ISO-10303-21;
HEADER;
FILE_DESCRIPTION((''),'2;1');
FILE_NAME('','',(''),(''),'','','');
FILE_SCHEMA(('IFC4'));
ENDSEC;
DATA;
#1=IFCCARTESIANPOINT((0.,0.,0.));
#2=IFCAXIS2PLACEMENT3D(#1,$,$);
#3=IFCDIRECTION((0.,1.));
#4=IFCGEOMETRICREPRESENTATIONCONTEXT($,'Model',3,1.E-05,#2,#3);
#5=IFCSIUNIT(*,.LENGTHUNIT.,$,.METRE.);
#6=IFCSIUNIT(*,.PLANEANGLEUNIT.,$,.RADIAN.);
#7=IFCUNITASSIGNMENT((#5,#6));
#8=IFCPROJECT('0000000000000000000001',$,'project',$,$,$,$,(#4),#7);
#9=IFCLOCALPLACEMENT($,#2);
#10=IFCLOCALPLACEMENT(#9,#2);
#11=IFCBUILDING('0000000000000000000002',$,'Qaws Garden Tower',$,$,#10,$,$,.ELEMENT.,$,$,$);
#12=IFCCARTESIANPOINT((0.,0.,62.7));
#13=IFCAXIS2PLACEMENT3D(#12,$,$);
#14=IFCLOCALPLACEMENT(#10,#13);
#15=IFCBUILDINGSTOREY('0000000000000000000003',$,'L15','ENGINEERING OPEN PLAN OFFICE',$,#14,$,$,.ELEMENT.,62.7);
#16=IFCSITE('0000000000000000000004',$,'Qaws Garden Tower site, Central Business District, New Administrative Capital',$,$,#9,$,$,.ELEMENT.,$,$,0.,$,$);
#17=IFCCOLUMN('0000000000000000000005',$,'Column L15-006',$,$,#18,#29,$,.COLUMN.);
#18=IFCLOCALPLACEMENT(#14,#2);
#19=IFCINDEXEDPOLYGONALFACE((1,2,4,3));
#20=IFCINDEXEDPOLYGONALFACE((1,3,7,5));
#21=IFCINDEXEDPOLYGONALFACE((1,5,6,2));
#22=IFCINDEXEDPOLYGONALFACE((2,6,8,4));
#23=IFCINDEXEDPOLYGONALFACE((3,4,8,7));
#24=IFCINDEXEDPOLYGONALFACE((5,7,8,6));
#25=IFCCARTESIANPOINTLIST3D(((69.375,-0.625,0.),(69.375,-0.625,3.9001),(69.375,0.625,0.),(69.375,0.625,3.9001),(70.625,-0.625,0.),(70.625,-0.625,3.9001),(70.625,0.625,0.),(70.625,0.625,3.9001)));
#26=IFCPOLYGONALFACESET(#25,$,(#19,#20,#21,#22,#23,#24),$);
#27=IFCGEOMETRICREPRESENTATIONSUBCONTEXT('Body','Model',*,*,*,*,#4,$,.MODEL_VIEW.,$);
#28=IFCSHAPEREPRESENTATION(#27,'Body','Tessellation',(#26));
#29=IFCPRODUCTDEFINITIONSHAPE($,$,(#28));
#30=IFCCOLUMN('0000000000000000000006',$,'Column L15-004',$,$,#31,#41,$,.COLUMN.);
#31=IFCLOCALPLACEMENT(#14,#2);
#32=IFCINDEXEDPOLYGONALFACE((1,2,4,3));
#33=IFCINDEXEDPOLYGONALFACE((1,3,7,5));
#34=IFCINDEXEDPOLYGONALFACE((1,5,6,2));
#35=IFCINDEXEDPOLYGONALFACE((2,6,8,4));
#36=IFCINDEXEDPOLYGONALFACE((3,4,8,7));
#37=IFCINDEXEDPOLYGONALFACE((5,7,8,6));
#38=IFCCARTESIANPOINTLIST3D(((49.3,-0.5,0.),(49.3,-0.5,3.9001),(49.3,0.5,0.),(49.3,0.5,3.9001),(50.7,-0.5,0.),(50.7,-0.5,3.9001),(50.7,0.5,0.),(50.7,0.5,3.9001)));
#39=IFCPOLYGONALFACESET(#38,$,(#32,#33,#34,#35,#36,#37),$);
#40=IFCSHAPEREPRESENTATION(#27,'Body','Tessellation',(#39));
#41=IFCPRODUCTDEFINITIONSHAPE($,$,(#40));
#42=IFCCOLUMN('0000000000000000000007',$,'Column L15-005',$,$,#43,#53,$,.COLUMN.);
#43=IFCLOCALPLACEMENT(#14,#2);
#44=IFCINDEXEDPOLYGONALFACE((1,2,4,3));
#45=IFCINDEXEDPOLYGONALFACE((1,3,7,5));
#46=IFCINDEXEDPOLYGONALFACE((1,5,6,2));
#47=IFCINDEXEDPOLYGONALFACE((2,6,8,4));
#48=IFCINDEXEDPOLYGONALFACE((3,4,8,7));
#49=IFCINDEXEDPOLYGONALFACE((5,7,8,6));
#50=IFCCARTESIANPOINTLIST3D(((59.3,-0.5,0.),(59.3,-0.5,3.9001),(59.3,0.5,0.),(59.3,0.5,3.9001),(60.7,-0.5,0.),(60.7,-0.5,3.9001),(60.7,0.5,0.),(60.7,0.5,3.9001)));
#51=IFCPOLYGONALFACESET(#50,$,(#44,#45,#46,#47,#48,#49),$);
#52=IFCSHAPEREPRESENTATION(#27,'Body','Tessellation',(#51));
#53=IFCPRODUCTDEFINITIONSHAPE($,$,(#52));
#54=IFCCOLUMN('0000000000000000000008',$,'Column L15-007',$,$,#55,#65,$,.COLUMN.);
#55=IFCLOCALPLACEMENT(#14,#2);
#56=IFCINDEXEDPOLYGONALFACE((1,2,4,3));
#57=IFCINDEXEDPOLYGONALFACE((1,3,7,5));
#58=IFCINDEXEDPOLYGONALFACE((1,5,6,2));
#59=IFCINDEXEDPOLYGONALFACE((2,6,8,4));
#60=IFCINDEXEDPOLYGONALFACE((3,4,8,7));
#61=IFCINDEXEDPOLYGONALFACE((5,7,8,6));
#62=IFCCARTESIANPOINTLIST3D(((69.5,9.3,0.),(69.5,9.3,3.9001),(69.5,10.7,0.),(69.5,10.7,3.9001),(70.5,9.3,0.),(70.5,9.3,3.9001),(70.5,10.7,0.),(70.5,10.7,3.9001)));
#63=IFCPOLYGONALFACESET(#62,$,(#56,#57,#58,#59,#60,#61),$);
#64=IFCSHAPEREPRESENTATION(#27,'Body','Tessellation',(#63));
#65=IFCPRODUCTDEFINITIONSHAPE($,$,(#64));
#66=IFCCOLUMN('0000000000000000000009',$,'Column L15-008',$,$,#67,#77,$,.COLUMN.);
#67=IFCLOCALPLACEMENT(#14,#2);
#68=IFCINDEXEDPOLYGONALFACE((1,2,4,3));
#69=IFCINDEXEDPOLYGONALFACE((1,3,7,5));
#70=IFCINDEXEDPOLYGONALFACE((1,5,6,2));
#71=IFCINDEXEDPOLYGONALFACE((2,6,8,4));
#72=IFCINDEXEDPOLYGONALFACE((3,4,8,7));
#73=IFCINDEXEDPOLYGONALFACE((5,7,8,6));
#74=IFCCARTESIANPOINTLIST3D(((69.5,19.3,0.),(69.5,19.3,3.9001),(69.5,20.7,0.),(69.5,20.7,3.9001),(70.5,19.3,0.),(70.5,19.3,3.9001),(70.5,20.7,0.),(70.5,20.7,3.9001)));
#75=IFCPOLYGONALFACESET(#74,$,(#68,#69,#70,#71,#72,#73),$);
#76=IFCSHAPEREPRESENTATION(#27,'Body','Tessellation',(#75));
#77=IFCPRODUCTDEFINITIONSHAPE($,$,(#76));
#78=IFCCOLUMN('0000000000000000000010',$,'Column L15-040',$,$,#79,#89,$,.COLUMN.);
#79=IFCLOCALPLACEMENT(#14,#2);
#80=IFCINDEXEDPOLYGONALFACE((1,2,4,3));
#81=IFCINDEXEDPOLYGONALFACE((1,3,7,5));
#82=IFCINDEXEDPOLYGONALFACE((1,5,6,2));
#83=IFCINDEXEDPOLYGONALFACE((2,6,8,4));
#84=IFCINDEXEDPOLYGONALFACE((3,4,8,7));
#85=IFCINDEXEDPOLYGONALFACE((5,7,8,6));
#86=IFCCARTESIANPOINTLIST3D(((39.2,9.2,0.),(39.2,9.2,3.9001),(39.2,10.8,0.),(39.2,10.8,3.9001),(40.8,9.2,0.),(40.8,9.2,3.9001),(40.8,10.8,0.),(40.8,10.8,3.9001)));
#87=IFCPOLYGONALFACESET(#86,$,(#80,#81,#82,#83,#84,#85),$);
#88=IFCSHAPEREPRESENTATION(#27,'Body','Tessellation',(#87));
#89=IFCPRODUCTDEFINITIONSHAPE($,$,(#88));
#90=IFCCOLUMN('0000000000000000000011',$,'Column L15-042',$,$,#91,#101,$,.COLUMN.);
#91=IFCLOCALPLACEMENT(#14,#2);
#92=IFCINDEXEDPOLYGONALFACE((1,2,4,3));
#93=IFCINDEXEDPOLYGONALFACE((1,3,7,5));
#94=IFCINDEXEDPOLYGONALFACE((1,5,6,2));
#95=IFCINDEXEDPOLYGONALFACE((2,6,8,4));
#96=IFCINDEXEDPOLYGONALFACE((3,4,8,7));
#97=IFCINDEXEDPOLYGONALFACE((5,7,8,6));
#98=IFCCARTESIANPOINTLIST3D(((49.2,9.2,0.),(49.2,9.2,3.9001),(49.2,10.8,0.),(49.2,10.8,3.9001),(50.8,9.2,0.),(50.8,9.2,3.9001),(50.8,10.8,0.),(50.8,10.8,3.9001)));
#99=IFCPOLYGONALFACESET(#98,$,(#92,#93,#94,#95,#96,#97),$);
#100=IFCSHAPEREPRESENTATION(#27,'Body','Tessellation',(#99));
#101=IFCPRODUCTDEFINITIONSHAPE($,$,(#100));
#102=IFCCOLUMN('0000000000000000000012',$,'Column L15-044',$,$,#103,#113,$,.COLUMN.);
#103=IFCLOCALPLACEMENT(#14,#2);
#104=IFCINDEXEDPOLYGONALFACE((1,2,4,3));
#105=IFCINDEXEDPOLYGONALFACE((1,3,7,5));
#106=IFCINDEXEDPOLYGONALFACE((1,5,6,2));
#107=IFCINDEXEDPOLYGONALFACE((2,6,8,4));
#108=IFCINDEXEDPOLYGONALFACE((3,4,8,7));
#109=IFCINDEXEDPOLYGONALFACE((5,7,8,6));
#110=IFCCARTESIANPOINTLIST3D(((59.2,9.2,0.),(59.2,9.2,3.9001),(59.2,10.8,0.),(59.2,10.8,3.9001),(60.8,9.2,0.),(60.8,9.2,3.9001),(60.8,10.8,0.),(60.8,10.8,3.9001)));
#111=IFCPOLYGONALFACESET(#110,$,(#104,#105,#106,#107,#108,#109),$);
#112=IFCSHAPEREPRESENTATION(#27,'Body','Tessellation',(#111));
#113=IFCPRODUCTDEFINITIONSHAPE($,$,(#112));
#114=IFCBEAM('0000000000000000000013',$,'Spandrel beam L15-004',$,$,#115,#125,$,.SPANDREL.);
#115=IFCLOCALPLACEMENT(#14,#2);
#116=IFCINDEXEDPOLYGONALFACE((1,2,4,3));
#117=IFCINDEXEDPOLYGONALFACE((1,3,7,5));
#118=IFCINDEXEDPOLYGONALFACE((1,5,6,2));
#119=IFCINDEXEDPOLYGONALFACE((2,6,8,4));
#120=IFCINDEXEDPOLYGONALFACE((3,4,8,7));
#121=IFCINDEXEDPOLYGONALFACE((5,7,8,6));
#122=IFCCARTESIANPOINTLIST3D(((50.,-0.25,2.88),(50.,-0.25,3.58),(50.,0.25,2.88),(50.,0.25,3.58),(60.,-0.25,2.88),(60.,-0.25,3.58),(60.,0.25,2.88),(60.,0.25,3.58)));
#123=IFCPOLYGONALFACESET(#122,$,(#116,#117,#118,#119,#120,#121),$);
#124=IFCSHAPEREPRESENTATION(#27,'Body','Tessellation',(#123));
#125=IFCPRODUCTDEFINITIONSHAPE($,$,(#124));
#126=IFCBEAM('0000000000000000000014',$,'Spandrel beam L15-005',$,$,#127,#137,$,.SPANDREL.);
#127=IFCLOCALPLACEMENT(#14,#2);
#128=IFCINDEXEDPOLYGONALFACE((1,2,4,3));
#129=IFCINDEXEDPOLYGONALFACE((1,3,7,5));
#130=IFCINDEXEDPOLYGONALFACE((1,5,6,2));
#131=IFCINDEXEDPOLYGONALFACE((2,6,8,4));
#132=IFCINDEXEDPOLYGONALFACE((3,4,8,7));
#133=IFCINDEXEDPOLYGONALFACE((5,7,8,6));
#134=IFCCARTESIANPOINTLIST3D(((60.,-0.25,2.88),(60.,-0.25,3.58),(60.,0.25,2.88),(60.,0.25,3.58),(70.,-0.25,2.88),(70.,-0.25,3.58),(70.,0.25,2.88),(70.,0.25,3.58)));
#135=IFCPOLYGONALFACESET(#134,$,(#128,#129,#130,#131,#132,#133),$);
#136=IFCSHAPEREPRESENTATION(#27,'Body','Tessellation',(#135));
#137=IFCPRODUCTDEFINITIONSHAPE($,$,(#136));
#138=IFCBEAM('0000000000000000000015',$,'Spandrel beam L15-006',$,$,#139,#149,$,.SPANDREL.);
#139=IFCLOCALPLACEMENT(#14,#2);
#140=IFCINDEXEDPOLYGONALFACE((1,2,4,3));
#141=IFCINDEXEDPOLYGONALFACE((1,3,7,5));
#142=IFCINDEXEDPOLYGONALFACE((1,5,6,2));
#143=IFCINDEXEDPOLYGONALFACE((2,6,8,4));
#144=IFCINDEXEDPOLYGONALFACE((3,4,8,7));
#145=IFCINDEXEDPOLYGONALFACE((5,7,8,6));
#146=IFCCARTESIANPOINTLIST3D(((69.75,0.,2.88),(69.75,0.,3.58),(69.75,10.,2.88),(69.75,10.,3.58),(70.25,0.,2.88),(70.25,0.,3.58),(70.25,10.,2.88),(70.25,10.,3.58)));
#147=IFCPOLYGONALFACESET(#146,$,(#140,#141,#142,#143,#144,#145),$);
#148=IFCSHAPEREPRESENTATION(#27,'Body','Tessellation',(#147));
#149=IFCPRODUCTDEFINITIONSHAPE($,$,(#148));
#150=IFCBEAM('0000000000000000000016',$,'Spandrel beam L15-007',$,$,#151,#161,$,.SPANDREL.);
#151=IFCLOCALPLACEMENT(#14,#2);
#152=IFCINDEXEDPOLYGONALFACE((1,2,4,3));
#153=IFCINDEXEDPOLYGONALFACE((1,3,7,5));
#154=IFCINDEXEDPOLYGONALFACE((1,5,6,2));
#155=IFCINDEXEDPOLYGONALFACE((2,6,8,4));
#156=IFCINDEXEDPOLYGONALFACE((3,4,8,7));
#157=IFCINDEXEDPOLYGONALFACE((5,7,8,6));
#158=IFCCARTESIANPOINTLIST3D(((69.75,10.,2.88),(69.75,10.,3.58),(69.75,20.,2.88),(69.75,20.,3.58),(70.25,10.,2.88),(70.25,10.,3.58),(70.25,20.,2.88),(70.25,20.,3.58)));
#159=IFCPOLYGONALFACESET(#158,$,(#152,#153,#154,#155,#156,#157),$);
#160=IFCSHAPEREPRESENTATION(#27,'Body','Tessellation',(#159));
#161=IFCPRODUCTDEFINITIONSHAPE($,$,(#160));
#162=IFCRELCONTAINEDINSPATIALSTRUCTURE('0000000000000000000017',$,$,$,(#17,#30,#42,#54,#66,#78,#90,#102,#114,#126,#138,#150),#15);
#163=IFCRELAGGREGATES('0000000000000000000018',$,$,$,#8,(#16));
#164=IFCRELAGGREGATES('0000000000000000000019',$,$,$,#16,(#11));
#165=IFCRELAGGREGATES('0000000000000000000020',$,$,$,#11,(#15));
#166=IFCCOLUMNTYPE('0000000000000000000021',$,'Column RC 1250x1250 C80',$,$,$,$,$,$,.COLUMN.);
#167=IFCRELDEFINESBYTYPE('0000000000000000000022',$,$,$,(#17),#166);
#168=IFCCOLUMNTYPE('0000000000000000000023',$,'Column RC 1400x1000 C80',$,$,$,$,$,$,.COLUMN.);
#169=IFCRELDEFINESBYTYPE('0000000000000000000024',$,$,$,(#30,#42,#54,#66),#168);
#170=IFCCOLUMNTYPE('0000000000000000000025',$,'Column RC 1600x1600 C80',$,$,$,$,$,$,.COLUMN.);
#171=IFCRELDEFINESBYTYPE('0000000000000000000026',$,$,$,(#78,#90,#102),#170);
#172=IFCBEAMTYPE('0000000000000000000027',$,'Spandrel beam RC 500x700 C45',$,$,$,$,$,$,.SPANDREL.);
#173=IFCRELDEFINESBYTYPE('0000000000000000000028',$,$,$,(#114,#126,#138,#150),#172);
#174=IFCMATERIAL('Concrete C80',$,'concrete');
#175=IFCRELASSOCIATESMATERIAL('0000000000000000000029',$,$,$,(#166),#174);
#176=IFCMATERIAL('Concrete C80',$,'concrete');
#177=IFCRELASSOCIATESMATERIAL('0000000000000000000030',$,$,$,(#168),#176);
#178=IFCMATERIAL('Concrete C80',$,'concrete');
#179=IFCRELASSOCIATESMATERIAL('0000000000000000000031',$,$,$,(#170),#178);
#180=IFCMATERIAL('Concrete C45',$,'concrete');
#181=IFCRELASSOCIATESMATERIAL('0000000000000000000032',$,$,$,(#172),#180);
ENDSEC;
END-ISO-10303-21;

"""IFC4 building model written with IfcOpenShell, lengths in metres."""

from ifc_helpers import new_model, si_unit, direction, frame, origin, origin_2d, place, context, subcontext, project, spatial, rectangle, extrude, material, material_profile, profile_set, type_object, element, save


model = new_model("IFC4")

# Units and contexts
model_context = context("Model", 3, precision=1e-05, world=origin(), true_north=direction((0.0, 1.0)))
body_context = subcontext(model_context, "Body", "Model", "MODEL_VIEW")
ifc_project = project(units=[si_unit("LENGTHUNIT", "METRE"), si_unit("PLANEANGLEUNIT", "RADIAN")], contexts=[model_context])

# Site, building, storey
site_placement = place(None, origin())
site = spatial("IfcSite", under=ifc_project, at=site_placement, Name="Qaws Garden Tower site, Central Business District, New Administrative Capital", CompositionType="ELEMENT", RefElevation=0.0)
building_placement = place(site_placement, origin())
building = spatial("IfcBuilding", under=site, at=building_placement, Name="Qaws Garden Tower", CompositionType="ELEMENT")
storey_placement = place(building_placement, frame((0.0, 0.0, 62.7)))
storey = spatial("IfcBuildingStorey", under=building, at=storey_placement, Name="L15", Description="ENGINEERING OPEN PLAN OFFICE", CompositionType="ELEMENT", Elevation=62.7)

# Columns
ifc_material_1 = material(Name="Concrete C80", Category="concrete")
ifc_material_profile_1 = material_profile(ifc_material_1, rectangle(XDim=1.25, YDim=1.25, at=origin_2d()), Name="RC 1250x1250")
ifc_profile_set_1 = profile_set([ifc_material_profile_1], Name="Concrete C80")
column_type_1 = type_object("IfcColumnType", Name="Column RC 1250x1250 C80", PredefinedType="COLUMN", material=ifc_profile_set_1)
column_placement = place(storey_placement, frame((70.0, 0.0, 0.0), z_axis=(0.0, 0.0, 1.0), x_axis=(1.0, 0.0, 0.0)))
element("IfcColumn", 1, at=column_placement, inside=storey, type_object=column_type_1, Name="Column L15-006", PredefinedType="COLUMN", context=body_context, shape_type="SweptSolid", body=[
    extrude(rectangle(XDim=1.25, YDim=1.25, at=origin_2d()), origin(), (0.0, 0.0, 1.0), 3.9001),
])
ifc_material_2 = material(Name="Concrete C80", Category="concrete")
ifc_material_profile_2 = material_profile(ifc_material_2, rectangle(XDim=1.3999, YDim=1.0, at=origin_2d()), Name="RC 1400x1000")
ifc_profile_set_2 = profile_set([ifc_material_profile_2], Name="Concrete C80")
column_type_2 = type_object("IfcColumnType", Name="Column RC 1400x1000 C80", PredefinedType="COLUMN", material=ifc_profile_set_2)
for number, where, z_axis, x_axis, name in (
    (2, (50.0, 0.0, 0.0), (0.0, 0.0, 1.0), (1.0, 0.0, 0.0), "Column L15-004"),
    (3, (60.0, 0.0, 0.0), (0.0, 0.0, 1.0), (1.0, 0.0, 0.0), "Column L15-005"),
    (4, (70.0, 10.0, 0.0), (0.0, 0.0, 1.0), (0.0, 1.0, 0.0), "Column L15-007"),
    (5, (70.0, 20.0, 0.0), (0.0, 0.0, 1.0), (0.0, 1.0, 0.0), "Column L15-008"),
):
    element("IfcColumn", number, at=place(storey_placement, frame(where, z_axis=z_axis, x_axis=x_axis)), inside=storey, type_object=column_type_2, Name=name, PredefinedType="COLUMN", context=body_context, shape_type="SweptSolid", body=[
        extrude(rectangle(XDim=1.3999, YDim=1.0, at=origin_2d()), origin(), (0.0, 0.0, 1.0), 3.9001),
    ])
ifc_material_3 = material(Name="Concrete C80", Category="concrete")
ifc_material_profile_3 = material_profile(ifc_material_3, rectangle(XDim=1.6001, YDim=1.6001, at=origin_2d()), Name="RC 1600x1600")
ifc_profile_set_3 = profile_set([ifc_material_profile_3], Name="Concrete C80")
column_type_3 = type_object("IfcColumnType", Name="Column RC 1600x1600 C80", PredefinedType="COLUMN", material=ifc_profile_set_3)
for number, where, z_axis, x_axis, name in (
    (6, (40.0, 10.0, 0.0), (0.0, 0.0, 1.0), (1.0, 0.0, 0.0), "Column L15-040"),
    (7, (50.0, 10.0, 0.0), (0.0, 0.0, 1.0), (1.0, 0.0, 0.0), "Column L15-042"),
    (8, (60.0, 10.0, 0.0), (0.0, 0.0, 1.0), (1.0, 0.0, 0.0), "Column L15-044"),
):
    element("IfcColumn", number, at=place(storey_placement, frame(where, z_axis=z_axis, x_axis=x_axis)), inside=storey, type_object=column_type_3, Name=name, PredefinedType="COLUMN", context=body_context, shape_type="SweptSolid", body=[
        extrude(rectangle(XDim=1.6001, YDim=1.6001, at=origin_2d()), origin(), (0.0, 0.0, 1.0), 3.9001),
    ])

# Beams
ifc_material_4 = material(Name="Concrete C45", Category="concrete")
ifc_material_profile_4 = material_profile(ifc_material_4, rectangle(XDim=0.5, YDim=0.7, at=origin_2d()), Name="RC 500x700")
ifc_profile_set_4 = profile_set([ifc_material_profile_4], Name="Concrete C45")
beam_type = type_object("IfcBeamType", Name="Spandrel beam RC 500x700 C45", PredefinedType="SPANDREL", material=ifc_profile_set_4)
for number, where, z_axis, x_axis, name in (
    (9, (50.0, 0.0, 3.23), (1.0, 0.0, 0.0), (0.0, 1.0, 0.0), "Spandrel beam L15-004"),
    (10, (60.0, 0.0, 3.23), (1.0, 0.0, 0.0), (0.0, 1.0, 0.0), "Spandrel beam L15-005"),
    (11, (70.0, 0.0, 3.23), (0.0, 1.0, 0.0), (-1.0, 0.0, 0.0), "Spandrel beam L15-006"),
    (12, (70.0, 10.0, 3.23), (0.0, 1.0, 0.0), (-1.0, 0.0, 0.0), "Spandrel beam L15-007"),
):
    element("IfcBeam", number, at=place(storey_placement, frame(where, z_axis=z_axis, x_axis=x_axis)), inside=storey, type_object=beam_type, Name=name, PredefinedType="SPANDREL", context=body_context, shape_type="SweptSolid", body=[
        extrude(rectangle(XDim=0.5, YDim=0.7, at=origin_2d()), origin(), (0.0, 0.0, 1.0), 10.0),
    ])

save(model, "model.ifc")
